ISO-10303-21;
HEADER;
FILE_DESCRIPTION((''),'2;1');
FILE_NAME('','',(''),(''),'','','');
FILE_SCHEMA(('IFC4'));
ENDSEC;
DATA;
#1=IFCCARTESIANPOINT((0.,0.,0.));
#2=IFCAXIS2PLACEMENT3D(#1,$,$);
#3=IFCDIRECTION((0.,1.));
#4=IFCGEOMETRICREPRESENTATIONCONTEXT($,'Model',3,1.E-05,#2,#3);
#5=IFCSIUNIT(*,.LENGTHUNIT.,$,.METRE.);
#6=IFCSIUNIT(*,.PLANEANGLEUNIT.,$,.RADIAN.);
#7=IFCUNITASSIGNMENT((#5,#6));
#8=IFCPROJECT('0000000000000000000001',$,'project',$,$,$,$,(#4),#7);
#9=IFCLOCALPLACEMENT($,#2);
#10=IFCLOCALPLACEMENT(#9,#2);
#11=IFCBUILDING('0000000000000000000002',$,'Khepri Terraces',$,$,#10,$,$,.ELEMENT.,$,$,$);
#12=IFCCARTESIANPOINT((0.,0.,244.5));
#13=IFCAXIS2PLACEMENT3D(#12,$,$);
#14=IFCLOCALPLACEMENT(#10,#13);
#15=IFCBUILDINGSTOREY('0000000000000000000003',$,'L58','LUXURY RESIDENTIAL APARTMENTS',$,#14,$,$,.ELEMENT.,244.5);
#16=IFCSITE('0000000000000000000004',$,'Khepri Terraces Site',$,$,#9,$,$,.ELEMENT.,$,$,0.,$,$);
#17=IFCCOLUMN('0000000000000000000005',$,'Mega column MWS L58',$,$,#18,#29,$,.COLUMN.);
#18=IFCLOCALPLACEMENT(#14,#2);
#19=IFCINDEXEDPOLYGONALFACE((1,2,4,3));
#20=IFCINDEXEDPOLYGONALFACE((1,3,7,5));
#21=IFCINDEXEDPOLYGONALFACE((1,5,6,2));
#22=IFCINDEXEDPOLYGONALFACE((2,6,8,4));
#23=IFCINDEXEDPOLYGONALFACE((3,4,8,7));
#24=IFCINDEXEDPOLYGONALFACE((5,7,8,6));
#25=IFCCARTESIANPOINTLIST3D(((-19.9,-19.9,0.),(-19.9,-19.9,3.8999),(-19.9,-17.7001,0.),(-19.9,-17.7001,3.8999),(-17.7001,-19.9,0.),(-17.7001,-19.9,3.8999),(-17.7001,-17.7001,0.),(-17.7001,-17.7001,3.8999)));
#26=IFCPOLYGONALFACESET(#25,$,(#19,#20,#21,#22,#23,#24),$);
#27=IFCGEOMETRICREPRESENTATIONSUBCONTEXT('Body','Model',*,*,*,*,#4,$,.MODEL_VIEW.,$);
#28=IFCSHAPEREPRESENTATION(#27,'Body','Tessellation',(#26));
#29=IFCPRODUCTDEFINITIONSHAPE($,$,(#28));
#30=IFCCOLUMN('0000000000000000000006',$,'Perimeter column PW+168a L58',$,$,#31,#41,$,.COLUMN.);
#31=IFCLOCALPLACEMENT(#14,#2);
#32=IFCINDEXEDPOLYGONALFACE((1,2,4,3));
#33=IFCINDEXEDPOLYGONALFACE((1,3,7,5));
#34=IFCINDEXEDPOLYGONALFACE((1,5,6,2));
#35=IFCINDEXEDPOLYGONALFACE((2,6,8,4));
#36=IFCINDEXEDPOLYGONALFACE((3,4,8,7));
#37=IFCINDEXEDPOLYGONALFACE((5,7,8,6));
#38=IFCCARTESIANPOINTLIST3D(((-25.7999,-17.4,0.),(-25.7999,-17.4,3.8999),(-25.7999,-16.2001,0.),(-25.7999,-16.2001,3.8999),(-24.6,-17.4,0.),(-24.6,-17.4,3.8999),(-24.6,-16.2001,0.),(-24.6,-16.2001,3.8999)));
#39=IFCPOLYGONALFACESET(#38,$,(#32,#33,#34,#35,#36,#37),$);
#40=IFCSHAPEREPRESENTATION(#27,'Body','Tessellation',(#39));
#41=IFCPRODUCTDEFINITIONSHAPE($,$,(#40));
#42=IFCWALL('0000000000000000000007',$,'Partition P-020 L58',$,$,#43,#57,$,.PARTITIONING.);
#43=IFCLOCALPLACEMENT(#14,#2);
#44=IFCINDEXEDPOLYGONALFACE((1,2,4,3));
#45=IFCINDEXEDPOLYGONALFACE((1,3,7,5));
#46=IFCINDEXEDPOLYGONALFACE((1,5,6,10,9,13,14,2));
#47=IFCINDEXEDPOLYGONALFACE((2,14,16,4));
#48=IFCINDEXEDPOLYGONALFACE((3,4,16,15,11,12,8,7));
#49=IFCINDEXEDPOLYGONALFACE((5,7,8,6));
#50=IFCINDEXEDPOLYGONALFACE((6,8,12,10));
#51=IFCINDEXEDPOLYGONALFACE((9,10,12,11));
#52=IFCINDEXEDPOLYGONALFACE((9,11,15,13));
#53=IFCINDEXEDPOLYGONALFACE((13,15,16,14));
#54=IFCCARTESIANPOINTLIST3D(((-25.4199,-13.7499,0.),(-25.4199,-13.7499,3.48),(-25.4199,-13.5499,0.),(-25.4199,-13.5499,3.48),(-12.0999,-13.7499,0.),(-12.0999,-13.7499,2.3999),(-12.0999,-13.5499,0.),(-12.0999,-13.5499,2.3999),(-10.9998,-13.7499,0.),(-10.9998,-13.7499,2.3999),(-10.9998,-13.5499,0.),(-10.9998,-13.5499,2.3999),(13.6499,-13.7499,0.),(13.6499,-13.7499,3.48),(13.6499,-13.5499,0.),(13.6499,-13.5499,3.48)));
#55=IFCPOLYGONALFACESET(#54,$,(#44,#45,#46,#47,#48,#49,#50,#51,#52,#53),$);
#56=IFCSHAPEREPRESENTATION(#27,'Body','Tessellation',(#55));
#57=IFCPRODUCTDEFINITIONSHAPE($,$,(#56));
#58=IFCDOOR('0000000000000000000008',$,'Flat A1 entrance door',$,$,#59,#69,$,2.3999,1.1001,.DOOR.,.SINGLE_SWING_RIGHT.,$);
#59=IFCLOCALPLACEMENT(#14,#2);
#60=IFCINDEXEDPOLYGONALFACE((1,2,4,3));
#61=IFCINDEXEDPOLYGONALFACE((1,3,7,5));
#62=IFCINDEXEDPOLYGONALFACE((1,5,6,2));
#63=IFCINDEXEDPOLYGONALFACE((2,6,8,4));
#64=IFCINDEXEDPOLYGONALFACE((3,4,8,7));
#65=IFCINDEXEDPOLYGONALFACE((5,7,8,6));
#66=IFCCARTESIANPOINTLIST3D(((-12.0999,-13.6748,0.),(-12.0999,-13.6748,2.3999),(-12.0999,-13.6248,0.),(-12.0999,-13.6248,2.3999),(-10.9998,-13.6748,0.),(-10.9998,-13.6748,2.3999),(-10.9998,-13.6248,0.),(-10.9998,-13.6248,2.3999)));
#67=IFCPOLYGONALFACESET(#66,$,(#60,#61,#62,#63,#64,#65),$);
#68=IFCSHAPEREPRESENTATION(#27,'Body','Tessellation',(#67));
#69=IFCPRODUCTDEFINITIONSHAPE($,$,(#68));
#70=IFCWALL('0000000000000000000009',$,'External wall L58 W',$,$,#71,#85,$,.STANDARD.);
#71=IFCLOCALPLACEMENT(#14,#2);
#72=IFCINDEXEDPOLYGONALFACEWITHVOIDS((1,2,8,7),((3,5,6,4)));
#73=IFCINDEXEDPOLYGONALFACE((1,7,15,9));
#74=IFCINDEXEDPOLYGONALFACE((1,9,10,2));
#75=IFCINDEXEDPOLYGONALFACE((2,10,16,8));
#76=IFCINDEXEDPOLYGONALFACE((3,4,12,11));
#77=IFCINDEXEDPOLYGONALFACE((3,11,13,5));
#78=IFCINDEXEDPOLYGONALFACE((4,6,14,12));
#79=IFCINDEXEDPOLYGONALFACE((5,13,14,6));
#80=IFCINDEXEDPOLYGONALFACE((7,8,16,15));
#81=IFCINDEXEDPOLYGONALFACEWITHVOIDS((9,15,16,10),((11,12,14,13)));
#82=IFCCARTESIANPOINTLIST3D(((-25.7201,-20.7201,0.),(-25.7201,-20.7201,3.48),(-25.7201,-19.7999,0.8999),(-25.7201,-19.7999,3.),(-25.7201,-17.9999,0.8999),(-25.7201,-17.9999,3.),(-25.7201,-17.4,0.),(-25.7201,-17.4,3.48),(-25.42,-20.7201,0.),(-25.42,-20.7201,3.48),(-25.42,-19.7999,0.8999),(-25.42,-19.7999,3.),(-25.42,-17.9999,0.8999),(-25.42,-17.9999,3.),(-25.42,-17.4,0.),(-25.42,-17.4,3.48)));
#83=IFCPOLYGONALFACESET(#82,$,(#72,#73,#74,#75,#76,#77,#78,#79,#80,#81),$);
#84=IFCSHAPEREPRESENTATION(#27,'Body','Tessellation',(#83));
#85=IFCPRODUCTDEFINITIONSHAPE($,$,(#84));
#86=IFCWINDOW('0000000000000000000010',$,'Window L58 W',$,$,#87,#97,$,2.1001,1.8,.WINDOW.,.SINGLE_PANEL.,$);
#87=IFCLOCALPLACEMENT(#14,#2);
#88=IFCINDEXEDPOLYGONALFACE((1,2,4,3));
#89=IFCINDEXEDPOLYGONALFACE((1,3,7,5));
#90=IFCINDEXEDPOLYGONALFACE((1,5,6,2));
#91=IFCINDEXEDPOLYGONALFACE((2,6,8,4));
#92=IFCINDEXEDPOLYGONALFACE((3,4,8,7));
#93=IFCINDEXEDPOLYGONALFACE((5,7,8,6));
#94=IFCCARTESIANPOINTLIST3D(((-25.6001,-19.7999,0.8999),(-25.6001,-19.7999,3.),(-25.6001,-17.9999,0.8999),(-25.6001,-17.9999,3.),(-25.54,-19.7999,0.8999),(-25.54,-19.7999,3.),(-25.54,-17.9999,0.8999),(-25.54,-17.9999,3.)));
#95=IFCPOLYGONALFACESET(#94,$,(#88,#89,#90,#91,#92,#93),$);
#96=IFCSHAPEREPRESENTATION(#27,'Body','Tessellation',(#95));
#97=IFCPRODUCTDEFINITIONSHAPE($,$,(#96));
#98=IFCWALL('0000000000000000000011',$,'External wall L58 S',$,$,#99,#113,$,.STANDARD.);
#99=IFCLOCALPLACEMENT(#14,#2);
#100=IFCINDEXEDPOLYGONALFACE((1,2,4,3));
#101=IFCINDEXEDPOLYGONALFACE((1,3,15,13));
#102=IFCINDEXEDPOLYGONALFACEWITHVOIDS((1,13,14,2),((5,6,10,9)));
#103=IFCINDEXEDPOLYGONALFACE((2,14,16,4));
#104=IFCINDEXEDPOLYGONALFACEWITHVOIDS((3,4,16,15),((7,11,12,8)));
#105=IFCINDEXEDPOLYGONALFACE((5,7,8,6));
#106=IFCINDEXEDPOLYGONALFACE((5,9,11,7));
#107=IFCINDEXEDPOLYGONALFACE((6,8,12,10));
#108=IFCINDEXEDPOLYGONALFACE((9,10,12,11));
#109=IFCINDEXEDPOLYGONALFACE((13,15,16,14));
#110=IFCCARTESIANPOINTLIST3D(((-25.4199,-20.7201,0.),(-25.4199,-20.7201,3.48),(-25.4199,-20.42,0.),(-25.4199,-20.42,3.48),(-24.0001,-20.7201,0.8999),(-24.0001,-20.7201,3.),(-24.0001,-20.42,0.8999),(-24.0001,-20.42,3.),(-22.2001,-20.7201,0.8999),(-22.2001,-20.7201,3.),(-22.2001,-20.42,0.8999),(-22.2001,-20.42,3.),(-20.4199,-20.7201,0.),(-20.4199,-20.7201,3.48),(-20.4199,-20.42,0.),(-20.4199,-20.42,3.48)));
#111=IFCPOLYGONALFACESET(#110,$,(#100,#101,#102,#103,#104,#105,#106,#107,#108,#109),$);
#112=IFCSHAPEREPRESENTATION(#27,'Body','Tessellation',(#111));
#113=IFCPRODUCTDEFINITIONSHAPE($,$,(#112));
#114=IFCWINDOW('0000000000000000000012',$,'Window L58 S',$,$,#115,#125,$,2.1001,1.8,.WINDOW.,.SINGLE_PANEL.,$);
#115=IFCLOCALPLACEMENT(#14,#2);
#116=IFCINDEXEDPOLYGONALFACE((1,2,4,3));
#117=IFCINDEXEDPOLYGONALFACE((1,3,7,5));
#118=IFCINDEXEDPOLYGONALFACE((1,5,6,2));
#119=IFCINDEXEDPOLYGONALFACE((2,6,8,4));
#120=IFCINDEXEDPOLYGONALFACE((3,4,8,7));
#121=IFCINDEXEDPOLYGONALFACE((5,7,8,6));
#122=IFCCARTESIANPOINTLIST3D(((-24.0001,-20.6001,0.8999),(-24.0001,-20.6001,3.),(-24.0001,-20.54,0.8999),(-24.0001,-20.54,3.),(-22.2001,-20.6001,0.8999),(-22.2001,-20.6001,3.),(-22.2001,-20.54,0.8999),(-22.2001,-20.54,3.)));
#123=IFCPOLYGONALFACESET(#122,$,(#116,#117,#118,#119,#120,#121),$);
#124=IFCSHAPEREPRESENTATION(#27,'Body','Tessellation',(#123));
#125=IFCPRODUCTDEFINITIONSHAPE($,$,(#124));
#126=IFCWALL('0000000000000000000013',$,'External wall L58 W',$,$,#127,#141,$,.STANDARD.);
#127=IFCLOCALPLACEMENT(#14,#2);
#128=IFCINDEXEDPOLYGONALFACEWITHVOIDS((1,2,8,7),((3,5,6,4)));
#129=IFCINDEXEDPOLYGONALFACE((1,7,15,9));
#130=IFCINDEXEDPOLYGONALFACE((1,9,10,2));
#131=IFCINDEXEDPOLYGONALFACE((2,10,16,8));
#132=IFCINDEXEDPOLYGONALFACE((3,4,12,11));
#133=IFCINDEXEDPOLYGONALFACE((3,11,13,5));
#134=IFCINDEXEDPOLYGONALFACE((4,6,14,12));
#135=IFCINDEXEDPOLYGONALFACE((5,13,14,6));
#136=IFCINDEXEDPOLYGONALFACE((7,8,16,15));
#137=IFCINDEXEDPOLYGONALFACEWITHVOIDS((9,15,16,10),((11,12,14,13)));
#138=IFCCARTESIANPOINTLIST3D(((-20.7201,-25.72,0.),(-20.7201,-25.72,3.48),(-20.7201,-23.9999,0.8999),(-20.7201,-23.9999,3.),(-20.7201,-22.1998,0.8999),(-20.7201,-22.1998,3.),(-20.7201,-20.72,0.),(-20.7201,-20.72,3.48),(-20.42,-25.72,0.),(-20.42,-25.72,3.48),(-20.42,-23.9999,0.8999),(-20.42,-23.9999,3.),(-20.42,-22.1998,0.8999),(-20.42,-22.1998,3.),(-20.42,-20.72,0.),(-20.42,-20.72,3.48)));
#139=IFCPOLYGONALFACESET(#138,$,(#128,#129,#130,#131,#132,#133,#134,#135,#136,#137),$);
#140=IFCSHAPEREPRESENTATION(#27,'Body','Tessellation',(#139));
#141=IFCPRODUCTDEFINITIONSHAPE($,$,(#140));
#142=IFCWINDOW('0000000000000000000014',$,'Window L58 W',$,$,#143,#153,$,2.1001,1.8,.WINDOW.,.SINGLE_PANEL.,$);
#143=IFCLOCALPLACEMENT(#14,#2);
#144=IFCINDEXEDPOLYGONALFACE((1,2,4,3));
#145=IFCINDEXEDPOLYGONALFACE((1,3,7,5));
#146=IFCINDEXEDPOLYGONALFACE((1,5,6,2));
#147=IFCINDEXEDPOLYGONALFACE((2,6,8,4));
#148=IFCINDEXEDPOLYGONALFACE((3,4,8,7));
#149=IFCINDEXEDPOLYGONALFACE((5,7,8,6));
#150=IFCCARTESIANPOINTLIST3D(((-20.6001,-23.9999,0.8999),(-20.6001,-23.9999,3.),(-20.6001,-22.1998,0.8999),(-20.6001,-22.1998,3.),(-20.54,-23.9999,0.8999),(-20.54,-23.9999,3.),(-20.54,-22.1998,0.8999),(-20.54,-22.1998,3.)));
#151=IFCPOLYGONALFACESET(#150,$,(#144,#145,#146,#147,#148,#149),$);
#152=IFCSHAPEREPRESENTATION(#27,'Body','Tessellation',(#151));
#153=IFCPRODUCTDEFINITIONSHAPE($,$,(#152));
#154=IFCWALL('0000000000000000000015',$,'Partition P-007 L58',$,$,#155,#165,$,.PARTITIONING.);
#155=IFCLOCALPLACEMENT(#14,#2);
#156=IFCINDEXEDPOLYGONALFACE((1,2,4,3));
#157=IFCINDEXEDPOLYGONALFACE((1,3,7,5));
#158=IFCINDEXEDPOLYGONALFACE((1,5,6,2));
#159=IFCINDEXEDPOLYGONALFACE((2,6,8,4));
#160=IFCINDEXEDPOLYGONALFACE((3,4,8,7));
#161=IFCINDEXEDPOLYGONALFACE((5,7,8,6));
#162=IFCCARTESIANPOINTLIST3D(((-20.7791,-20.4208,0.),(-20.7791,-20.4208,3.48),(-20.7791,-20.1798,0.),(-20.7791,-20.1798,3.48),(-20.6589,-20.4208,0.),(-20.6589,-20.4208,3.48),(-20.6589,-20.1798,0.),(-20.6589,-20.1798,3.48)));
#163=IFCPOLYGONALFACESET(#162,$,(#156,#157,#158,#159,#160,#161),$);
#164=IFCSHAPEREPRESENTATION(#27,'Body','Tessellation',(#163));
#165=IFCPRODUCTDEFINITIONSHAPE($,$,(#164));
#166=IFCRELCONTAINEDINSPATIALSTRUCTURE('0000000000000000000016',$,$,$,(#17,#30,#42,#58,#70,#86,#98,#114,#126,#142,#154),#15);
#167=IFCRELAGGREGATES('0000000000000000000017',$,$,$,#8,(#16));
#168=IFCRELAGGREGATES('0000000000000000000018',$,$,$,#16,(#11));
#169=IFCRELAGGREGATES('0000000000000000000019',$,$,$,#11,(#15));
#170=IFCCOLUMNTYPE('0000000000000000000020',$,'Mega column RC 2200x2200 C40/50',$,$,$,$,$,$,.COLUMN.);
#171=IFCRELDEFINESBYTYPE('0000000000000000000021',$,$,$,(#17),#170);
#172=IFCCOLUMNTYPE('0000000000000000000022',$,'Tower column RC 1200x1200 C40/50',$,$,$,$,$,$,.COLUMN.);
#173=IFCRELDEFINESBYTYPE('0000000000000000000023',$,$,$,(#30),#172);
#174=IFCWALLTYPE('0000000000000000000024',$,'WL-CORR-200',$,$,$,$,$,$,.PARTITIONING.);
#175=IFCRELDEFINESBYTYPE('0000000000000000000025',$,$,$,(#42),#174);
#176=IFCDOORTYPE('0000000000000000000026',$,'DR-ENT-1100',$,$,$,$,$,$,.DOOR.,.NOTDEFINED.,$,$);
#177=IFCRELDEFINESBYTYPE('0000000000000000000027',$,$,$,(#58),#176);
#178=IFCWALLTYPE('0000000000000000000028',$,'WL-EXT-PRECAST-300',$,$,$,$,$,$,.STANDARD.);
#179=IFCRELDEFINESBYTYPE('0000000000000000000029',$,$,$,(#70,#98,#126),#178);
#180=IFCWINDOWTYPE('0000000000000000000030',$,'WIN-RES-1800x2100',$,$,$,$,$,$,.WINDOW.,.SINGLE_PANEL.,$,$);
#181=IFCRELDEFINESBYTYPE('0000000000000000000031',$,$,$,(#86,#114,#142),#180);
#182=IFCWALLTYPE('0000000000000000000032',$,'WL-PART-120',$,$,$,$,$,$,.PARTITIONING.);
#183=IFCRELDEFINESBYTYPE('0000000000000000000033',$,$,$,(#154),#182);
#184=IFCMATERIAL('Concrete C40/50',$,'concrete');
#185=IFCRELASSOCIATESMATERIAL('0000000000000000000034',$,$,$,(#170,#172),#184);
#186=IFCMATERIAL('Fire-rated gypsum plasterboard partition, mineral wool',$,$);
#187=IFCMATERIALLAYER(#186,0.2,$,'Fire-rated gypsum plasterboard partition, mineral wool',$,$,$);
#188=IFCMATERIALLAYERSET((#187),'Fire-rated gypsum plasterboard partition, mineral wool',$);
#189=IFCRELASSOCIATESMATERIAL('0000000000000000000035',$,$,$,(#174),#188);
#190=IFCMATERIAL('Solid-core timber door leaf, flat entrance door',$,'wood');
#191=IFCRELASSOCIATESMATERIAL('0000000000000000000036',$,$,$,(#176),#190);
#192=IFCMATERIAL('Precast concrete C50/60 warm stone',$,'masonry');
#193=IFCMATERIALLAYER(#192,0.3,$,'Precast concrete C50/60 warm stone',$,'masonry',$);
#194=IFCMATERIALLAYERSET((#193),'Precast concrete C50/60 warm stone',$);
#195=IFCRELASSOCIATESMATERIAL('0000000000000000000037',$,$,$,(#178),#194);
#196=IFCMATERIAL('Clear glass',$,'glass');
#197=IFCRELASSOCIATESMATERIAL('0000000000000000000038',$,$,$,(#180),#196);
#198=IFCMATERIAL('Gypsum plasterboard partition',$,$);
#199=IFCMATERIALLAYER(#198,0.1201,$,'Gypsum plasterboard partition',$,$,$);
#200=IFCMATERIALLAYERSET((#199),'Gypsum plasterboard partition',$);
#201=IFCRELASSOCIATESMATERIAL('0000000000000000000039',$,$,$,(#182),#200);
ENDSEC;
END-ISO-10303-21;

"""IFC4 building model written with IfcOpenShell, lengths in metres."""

from ifc_helpers import new_model, si_unit, direction, frame, frame_2d, origin, origin_2d, place, context, subcontext, project, spatial, rectangle, extrude, material, layer, layer_set, material_profile, profile_set, type_object, element, fill, save


model = new_model("IFC4")

# Units and contexts
model_context = context("Model", 3, precision=1e-05, world=origin(), true_north=direction((0.0, 1.0)))
body_context = subcontext(model_context, "Body", "Model", "MODEL_VIEW")
ifc_project = project(units=[si_unit("LENGTHUNIT", "METRE"), si_unit("PLANEANGLEUNIT", "RADIAN")], contexts=[model_context])

# Site, building, storey
site_placement = place(None, origin())
site = spatial("IfcSite", under=ifc_project, at=site_placement, Name="Khepri Terraces Site", CompositionType="ELEMENT", RefElevation=0.0)
building_placement = place(site_placement, origin())
building = spatial("IfcBuilding", under=site, at=building_placement, Name="Khepri Terraces", CompositionType="ELEMENT")
storey_placement = place(building_placement, frame((0.0, 0.0, 244.5)))
storey = spatial("IfcBuildingStorey", under=building, at=storey_placement, Name="L58", Description="LUXURY RESIDENTIAL APARTMENTS", CompositionType="ELEMENT", Elevation=244.5)

# Columns
ifc_material_1 = material(Name="Concrete C40/50", Category="concrete")
ifc_material_profile_1 = material_profile(ifc_material_1, rectangle(XDim=2.2, YDim=2.2, at=origin_2d()), Name="Concrete C40/50", Category="concrete")
ifc_profile_set_1 = profile_set([ifc_material_profile_1], Name="Concrete C40/50")
column_type_1 = type_object("IfcColumnType", Name="Mega column RC 2200x2200 C40/50", PredefinedType="COLUMN", material=ifc_profile_set_1)
column_1_placement = place(storey_placement, frame((-18.8, -18.8, 0.0), z_axis=(0.0, 0.0, 1.0), x_axis=(1.0, 0.0, 0.0)))
element("IfcColumn", 1, at=column_1_placement, inside=storey, type_object=column_type_1, Name="Mega column MWS L58", PredefinedType="COLUMN", context=body_context, shape_type="SweptSolid", body=[
    extrude(rectangle(XDim=2.2, YDim=2.2, at=origin_2d()), origin(), (0.0, 0.0, 1.0), 3.8999),
])
ifc_material_profile_2 = material_profile(ifc_material_1, rectangle(XDim=1.2, YDim=1.2, at=origin_2d()), Name="Concrete C40/50", Category="concrete")
ifc_profile_set_2 = profile_set([ifc_material_profile_2], Name="Concrete C40/50")
column_type_2 = type_object("IfcColumnType", Name="Tower column RC 1200x1200 C40/50", PredefinedType="COLUMN", material=ifc_profile_set_2)
column_2_placement = place(storey_placement, frame((-25.2, -16.8, 0.0), z_axis=(0.0, 0.0, 1.0), x_axis=(1.0, 0.0, 0.0)))
element("IfcColumn", 2, at=column_2_placement, inside=storey, type_object=column_type_2, Name="Perimeter column PW+168a L58", PredefinedType="COLUMN", context=body_context, shape_type="SweptSolid", body=[
    extrude(rectangle(XDim=1.2, YDim=1.2, at=origin_2d()), origin(), (0.0, 0.0, 1.0), 3.8999),
])

# Wall, opening, door
ifc_material_2 = material(Name="Fire-rated gypsum plasterboard partition, mineral wool")
ifc_layer_1 = layer(ifc_material_2, 0.2, Name="Fire-rated gypsum plasterboard partition, mineral wool")
ifc_layer_set_1 = layer_set([ifc_layer_1], Name="Fire-rated gypsum plasterboard partition, mineral wool")
wall_type_1 = type_object("IfcWallType", Name="WL-CORR-200", PredefinedType="PARTITIONING", material=ifc_layer_set_1)
wall_1_placement = place(storey_placement, frame((-25.4199, -13.6499, 0.0), z_axis=(0.0, 0.0, 1.0), x_axis=(1.0, 0.0, 0.0)))
wall_1 = element("IfcWall", 3, at=wall_1_placement, inside=storey, type_object=wall_type_1, Name="Partition P-020 L58", PredefinedType="PARTITIONING", context=body_context, shape_type="SweptSolid", body=[
    extrude(rectangle(XDim=39.0698, YDim=0.2, at=frame_2d((19.5349, 0.0))), origin(), (0.0, 0.0, 1.0), 3.48),
])
opening_1_placement = place(wall_1_placement, frame((13.3201, 0.0, 0.0)))
opening_1 = element("IfcOpeningElement", 4, at=opening_1_placement, cuts=wall_1, PredefinedType="OPENING", context=body_context, shape_type="SweptSolid", body=[
    extrude(rectangle(XDim=1.1001, YDim=2.3999, at=frame_2d((0.55, 1.2))), frame((0.0, 0.1099, 0.0), z_axis=(0.0, -1.0, 0.0), x_axis=(1.0, 0.0, 0.0)), (0.0, 0.0, 1.0), 0.22),
])
ifc_material_3 = material(Name="Solid-core timber door leaf, flat entrance door", Category="wood")
door_type_1 = type_object("IfcDoorType", Name="DR-ENT-1100", OperationType="NOTDEFINED", PredefinedType="DOOR", material=ifc_material_3)
door_1_placement = place(opening_1_placement, frame((1.1001, 0.0, 0.0), z_axis=(0.0, 0.0, 1.0), x_axis=(-1.0, 0.0, 0.0)))
door_1 = element("IfcDoor", 5, at=door_1_placement, inside=storey, type_object=door_type_1, Name="Flat A1 entrance door", OperationType="SINGLE_SWING_RIGHT", OverallHeight=2.3999, OverallWidth=1.1001, PredefinedType="DOOR", context=body_context, shape_type="SweptSolid", body=[
    extrude(rectangle(XDim=1.1001, YDim=2.3999, at=frame_2d((0.55, 1.2))), frame((0.0, 0.0249, 0.0), z_axis=(0.0, -1.0, 0.0), x_axis=(1.0, 0.0, 0.0)), (0.0, 0.0, 1.0), 0.05),
])
fill(opening_1, door_1)

# Walls, openings, windows
ifc_material_4 = material(Name="Precast concrete C50/60 warm stone", Category="masonry")
ifc_layer_2 = layer(ifc_material_4, 0.3, Name="Precast concrete C50/60 warm stone", Category="masonry")
ifc_layer_set_2 = layer_set([ifc_layer_2], Name="Precast concrete C50/60 warm stone")
wall_type_2 = type_object("IfcWallType", Name="WL-EXT-PRECAST-300", PredefinedType="STANDARD", material=ifc_layer_set_2)
wall_2_placement = place(storey_placement, frame((-25.5701, -17.3999, 0.0), z_axis=(0.0, 0.0, 1.0), x_axis=(0.0, -1.0, 0.0)))
wall_2 = element("IfcWall", 6, at=wall_2_placement, inside=storey, type_object=wall_type_2, Name="External wall L58 W", PredefinedType="STANDARD", context=body_context, shape_type="SweptSolid", body=[
    extrude(rectangle(XDim=3.3201, YDim=0.3, at=frame_2d((1.6602, 0.0))), origin(), (0.0, 0.0, 1.0), 3.48),
])
opening_2_placement = place(wall_2_placement, frame((0.6001, 0.0, 0.8999)))
opening_2 = element("IfcOpeningElement", 7, at=opening_2_placement, cuts=wall_2, PredefinedType="OPENING", context=body_context, shape_type="SweptSolid", body=[
    extrude(rectangle(XDim=1.8, YDim=2.1001, at=frame_2d((0.8999, 1.05))), frame((0.0, 0.1602, 0.0), z_axis=(0.0, -1.0, 0.0), x_axis=(1.0, 0.0, 0.0)), (0.0, 0.0, 1.0), 0.3201),
])
ifc_material_5 = material(Name="Clear glass", Category="glass")
window_type = type_object("IfcWindowType", Name="WIN-RES-1800x2100", PartitioningType="SINGLE_PANEL", PredefinedType="WINDOW", material=ifc_material_5)
window_1_placement = place(opening_2_placement, origin())
window_1 = element("IfcWindow", 8, at=window_1_placement, inside=storey, type_object=window_type, Name="Window L58 W", OverallHeight=2.1001, OverallWidth=1.8, PartitioningType="SINGLE_PANEL", PredefinedType="WINDOW", context=body_context, shape_type="SweptSolid", body=[
    extrude(rectangle(XDim=1.8, YDim=2.1001, at=frame_2d((0.8999, 1.05))), frame((0.0, 0.03, 0.0), z_axis=(0.0, -1.0, 0.0), x_axis=(1.0, 0.0, 0.0)), (0.0, 0.0, 1.0), 0.0601),
])
fill(opening_2, window_1)
wall_3_placement = place(storey_placement, frame((-25.4199, -20.5701, 0.0), z_axis=(0.0, 0.0, 1.0), x_axis=(1.0, 0.0, 0.0)))
wall_3 = element("IfcWall", 9, at=wall_3_placement, inside=storey, type_object=wall_type_2, Name="External wall L58 S", PredefinedType="STANDARD", context=body_context, shape_type="SweptSolid", body=[
    extrude(rectangle(XDim=5.0, YDim=0.3, at=frame_2d((2.5, 0.0))), origin(), (0.0, 0.0, 1.0), 3.48),
])
opening_3_placement = place(wall_3_placement, frame((1.4199, 0.0, 0.8999)))
opening_3 = element("IfcOpeningElement", 10, at=opening_3_placement, cuts=wall_3, PredefinedType="OPENING", context=body_context, shape_type="SweptSolid", body=[
    extrude(rectangle(XDim=1.8, YDim=2.1001, at=frame_2d((0.8999, 1.05))), frame((0.0, 0.1602, 0.0), z_axis=(0.0, -1.0, 0.0), x_axis=(1.0, 0.0, 0.0)), (0.0, 0.0, 1.0), 0.3201),
])
window_2_placement = place(opening_3_placement, origin())
window_2 = element("IfcWindow", 11, at=window_2_placement, inside=storey, type_object=window_type, Name="Window L58 S", OverallHeight=2.1001, OverallWidth=1.8, PartitioningType="SINGLE_PANEL", PredefinedType="WINDOW", context=body_context, shape_type="SweptSolid", body=[
    extrude(rectangle(XDim=1.8, YDim=2.1001, at=frame_2d((0.8999, 1.05))), frame((0.0, 0.03, 0.0), z_axis=(0.0, -1.0, 0.0), x_axis=(1.0, 0.0, 0.0)), (0.0, 0.0, 1.0), 0.0601),
])
fill(opening_3, window_2)
wall_4_placement = place(storey_placement, frame((-20.5701, -20.72, 0.0), z_axis=(0.0, 0.0, 1.0), x_axis=(0.0, -1.0, 0.0)))
wall_4 = element("IfcWall", 12, at=wall_4_placement, inside=storey, type_object=wall_type_2, Name="External wall L58 W", PredefinedType="STANDARD", context=body_context, shape_type="SweptSolid", body=[
    extrude(rectangle(XDim=5.0, YDim=0.3, at=frame_2d((2.5, 0.0))), origin(), (0.0, 0.0, 1.0), 3.48),
])
opening_4_placement = place(wall_4_placement, frame((1.48, 0.0, 0.8999)))
opening_4 = element("IfcOpeningElement", 13, at=opening_4_placement, cuts=wall_4, PredefinedType="OPENING", context=body_context, shape_type="SweptSolid", body=[
    extrude(rectangle(XDim=1.8, YDim=2.1001, at=frame_2d((0.8999, 1.05))), frame((0.0, 0.1602, 0.0), z_axis=(0.0, -1.0, 0.0), x_axis=(1.0, 0.0, 0.0)), (0.0, 0.0, 1.0), 0.3201),
])
window_3_placement = place(opening_4_placement, origin())
window_3 = element("IfcWindow", 14, at=window_3_placement, inside=storey, type_object=window_type, Name="Window L58 W", OverallHeight=2.1001, OverallWidth=1.8, PartitioningType="SINGLE_PANEL", PredefinedType="WINDOW", context=body_context, shape_type="SweptSolid", body=[
    extrude(rectangle(XDim=1.8, YDim=2.1001, at=frame_2d((0.8999, 1.05))), frame((0.0, 0.03, 0.0), z_axis=(0.0, -1.0, 0.0), x_axis=(1.0, 0.0, 0.0)), (0.0, 0.0, 1.0), 0.0601),
])
fill(opening_4, window_3)

# Wall
ifc_material_6 = material(Name="Gypsum plasterboard partition")
ifc_layer_3 = layer(ifc_material_6, 0.1201, Name="Gypsum plasterboard partition")
ifc_layer_set_3 = layer_set([ifc_layer_3], Name="Gypsum plasterboard partition")
wall_type_3 = type_object("IfcWallType", Name="WL-PART-120", PredefinedType="PARTITIONING", material=ifc_layer_set_3)
wall_5_placement = place(storey_placement, frame((-20.719, -20.4209, 0.0), z_axis=(0.0, 0.0, 1.0), x_axis=(0.0, 1.0, 0.0)))
element("IfcWall", 15, at=wall_5_placement, inside=storey, type_object=wall_type_3, Name="Partition P-007 L58", PredefinedType="PARTITIONING", context=body_context, shape_type="SweptSolid", body=[
    extrude(rectangle(XDim=0.241, YDim=0.1201, at=frame_2d((0.1206, 0.0))), origin(), (0.0, 0.0, 1.0), 3.48),
])

save(model, "model.ifc")
